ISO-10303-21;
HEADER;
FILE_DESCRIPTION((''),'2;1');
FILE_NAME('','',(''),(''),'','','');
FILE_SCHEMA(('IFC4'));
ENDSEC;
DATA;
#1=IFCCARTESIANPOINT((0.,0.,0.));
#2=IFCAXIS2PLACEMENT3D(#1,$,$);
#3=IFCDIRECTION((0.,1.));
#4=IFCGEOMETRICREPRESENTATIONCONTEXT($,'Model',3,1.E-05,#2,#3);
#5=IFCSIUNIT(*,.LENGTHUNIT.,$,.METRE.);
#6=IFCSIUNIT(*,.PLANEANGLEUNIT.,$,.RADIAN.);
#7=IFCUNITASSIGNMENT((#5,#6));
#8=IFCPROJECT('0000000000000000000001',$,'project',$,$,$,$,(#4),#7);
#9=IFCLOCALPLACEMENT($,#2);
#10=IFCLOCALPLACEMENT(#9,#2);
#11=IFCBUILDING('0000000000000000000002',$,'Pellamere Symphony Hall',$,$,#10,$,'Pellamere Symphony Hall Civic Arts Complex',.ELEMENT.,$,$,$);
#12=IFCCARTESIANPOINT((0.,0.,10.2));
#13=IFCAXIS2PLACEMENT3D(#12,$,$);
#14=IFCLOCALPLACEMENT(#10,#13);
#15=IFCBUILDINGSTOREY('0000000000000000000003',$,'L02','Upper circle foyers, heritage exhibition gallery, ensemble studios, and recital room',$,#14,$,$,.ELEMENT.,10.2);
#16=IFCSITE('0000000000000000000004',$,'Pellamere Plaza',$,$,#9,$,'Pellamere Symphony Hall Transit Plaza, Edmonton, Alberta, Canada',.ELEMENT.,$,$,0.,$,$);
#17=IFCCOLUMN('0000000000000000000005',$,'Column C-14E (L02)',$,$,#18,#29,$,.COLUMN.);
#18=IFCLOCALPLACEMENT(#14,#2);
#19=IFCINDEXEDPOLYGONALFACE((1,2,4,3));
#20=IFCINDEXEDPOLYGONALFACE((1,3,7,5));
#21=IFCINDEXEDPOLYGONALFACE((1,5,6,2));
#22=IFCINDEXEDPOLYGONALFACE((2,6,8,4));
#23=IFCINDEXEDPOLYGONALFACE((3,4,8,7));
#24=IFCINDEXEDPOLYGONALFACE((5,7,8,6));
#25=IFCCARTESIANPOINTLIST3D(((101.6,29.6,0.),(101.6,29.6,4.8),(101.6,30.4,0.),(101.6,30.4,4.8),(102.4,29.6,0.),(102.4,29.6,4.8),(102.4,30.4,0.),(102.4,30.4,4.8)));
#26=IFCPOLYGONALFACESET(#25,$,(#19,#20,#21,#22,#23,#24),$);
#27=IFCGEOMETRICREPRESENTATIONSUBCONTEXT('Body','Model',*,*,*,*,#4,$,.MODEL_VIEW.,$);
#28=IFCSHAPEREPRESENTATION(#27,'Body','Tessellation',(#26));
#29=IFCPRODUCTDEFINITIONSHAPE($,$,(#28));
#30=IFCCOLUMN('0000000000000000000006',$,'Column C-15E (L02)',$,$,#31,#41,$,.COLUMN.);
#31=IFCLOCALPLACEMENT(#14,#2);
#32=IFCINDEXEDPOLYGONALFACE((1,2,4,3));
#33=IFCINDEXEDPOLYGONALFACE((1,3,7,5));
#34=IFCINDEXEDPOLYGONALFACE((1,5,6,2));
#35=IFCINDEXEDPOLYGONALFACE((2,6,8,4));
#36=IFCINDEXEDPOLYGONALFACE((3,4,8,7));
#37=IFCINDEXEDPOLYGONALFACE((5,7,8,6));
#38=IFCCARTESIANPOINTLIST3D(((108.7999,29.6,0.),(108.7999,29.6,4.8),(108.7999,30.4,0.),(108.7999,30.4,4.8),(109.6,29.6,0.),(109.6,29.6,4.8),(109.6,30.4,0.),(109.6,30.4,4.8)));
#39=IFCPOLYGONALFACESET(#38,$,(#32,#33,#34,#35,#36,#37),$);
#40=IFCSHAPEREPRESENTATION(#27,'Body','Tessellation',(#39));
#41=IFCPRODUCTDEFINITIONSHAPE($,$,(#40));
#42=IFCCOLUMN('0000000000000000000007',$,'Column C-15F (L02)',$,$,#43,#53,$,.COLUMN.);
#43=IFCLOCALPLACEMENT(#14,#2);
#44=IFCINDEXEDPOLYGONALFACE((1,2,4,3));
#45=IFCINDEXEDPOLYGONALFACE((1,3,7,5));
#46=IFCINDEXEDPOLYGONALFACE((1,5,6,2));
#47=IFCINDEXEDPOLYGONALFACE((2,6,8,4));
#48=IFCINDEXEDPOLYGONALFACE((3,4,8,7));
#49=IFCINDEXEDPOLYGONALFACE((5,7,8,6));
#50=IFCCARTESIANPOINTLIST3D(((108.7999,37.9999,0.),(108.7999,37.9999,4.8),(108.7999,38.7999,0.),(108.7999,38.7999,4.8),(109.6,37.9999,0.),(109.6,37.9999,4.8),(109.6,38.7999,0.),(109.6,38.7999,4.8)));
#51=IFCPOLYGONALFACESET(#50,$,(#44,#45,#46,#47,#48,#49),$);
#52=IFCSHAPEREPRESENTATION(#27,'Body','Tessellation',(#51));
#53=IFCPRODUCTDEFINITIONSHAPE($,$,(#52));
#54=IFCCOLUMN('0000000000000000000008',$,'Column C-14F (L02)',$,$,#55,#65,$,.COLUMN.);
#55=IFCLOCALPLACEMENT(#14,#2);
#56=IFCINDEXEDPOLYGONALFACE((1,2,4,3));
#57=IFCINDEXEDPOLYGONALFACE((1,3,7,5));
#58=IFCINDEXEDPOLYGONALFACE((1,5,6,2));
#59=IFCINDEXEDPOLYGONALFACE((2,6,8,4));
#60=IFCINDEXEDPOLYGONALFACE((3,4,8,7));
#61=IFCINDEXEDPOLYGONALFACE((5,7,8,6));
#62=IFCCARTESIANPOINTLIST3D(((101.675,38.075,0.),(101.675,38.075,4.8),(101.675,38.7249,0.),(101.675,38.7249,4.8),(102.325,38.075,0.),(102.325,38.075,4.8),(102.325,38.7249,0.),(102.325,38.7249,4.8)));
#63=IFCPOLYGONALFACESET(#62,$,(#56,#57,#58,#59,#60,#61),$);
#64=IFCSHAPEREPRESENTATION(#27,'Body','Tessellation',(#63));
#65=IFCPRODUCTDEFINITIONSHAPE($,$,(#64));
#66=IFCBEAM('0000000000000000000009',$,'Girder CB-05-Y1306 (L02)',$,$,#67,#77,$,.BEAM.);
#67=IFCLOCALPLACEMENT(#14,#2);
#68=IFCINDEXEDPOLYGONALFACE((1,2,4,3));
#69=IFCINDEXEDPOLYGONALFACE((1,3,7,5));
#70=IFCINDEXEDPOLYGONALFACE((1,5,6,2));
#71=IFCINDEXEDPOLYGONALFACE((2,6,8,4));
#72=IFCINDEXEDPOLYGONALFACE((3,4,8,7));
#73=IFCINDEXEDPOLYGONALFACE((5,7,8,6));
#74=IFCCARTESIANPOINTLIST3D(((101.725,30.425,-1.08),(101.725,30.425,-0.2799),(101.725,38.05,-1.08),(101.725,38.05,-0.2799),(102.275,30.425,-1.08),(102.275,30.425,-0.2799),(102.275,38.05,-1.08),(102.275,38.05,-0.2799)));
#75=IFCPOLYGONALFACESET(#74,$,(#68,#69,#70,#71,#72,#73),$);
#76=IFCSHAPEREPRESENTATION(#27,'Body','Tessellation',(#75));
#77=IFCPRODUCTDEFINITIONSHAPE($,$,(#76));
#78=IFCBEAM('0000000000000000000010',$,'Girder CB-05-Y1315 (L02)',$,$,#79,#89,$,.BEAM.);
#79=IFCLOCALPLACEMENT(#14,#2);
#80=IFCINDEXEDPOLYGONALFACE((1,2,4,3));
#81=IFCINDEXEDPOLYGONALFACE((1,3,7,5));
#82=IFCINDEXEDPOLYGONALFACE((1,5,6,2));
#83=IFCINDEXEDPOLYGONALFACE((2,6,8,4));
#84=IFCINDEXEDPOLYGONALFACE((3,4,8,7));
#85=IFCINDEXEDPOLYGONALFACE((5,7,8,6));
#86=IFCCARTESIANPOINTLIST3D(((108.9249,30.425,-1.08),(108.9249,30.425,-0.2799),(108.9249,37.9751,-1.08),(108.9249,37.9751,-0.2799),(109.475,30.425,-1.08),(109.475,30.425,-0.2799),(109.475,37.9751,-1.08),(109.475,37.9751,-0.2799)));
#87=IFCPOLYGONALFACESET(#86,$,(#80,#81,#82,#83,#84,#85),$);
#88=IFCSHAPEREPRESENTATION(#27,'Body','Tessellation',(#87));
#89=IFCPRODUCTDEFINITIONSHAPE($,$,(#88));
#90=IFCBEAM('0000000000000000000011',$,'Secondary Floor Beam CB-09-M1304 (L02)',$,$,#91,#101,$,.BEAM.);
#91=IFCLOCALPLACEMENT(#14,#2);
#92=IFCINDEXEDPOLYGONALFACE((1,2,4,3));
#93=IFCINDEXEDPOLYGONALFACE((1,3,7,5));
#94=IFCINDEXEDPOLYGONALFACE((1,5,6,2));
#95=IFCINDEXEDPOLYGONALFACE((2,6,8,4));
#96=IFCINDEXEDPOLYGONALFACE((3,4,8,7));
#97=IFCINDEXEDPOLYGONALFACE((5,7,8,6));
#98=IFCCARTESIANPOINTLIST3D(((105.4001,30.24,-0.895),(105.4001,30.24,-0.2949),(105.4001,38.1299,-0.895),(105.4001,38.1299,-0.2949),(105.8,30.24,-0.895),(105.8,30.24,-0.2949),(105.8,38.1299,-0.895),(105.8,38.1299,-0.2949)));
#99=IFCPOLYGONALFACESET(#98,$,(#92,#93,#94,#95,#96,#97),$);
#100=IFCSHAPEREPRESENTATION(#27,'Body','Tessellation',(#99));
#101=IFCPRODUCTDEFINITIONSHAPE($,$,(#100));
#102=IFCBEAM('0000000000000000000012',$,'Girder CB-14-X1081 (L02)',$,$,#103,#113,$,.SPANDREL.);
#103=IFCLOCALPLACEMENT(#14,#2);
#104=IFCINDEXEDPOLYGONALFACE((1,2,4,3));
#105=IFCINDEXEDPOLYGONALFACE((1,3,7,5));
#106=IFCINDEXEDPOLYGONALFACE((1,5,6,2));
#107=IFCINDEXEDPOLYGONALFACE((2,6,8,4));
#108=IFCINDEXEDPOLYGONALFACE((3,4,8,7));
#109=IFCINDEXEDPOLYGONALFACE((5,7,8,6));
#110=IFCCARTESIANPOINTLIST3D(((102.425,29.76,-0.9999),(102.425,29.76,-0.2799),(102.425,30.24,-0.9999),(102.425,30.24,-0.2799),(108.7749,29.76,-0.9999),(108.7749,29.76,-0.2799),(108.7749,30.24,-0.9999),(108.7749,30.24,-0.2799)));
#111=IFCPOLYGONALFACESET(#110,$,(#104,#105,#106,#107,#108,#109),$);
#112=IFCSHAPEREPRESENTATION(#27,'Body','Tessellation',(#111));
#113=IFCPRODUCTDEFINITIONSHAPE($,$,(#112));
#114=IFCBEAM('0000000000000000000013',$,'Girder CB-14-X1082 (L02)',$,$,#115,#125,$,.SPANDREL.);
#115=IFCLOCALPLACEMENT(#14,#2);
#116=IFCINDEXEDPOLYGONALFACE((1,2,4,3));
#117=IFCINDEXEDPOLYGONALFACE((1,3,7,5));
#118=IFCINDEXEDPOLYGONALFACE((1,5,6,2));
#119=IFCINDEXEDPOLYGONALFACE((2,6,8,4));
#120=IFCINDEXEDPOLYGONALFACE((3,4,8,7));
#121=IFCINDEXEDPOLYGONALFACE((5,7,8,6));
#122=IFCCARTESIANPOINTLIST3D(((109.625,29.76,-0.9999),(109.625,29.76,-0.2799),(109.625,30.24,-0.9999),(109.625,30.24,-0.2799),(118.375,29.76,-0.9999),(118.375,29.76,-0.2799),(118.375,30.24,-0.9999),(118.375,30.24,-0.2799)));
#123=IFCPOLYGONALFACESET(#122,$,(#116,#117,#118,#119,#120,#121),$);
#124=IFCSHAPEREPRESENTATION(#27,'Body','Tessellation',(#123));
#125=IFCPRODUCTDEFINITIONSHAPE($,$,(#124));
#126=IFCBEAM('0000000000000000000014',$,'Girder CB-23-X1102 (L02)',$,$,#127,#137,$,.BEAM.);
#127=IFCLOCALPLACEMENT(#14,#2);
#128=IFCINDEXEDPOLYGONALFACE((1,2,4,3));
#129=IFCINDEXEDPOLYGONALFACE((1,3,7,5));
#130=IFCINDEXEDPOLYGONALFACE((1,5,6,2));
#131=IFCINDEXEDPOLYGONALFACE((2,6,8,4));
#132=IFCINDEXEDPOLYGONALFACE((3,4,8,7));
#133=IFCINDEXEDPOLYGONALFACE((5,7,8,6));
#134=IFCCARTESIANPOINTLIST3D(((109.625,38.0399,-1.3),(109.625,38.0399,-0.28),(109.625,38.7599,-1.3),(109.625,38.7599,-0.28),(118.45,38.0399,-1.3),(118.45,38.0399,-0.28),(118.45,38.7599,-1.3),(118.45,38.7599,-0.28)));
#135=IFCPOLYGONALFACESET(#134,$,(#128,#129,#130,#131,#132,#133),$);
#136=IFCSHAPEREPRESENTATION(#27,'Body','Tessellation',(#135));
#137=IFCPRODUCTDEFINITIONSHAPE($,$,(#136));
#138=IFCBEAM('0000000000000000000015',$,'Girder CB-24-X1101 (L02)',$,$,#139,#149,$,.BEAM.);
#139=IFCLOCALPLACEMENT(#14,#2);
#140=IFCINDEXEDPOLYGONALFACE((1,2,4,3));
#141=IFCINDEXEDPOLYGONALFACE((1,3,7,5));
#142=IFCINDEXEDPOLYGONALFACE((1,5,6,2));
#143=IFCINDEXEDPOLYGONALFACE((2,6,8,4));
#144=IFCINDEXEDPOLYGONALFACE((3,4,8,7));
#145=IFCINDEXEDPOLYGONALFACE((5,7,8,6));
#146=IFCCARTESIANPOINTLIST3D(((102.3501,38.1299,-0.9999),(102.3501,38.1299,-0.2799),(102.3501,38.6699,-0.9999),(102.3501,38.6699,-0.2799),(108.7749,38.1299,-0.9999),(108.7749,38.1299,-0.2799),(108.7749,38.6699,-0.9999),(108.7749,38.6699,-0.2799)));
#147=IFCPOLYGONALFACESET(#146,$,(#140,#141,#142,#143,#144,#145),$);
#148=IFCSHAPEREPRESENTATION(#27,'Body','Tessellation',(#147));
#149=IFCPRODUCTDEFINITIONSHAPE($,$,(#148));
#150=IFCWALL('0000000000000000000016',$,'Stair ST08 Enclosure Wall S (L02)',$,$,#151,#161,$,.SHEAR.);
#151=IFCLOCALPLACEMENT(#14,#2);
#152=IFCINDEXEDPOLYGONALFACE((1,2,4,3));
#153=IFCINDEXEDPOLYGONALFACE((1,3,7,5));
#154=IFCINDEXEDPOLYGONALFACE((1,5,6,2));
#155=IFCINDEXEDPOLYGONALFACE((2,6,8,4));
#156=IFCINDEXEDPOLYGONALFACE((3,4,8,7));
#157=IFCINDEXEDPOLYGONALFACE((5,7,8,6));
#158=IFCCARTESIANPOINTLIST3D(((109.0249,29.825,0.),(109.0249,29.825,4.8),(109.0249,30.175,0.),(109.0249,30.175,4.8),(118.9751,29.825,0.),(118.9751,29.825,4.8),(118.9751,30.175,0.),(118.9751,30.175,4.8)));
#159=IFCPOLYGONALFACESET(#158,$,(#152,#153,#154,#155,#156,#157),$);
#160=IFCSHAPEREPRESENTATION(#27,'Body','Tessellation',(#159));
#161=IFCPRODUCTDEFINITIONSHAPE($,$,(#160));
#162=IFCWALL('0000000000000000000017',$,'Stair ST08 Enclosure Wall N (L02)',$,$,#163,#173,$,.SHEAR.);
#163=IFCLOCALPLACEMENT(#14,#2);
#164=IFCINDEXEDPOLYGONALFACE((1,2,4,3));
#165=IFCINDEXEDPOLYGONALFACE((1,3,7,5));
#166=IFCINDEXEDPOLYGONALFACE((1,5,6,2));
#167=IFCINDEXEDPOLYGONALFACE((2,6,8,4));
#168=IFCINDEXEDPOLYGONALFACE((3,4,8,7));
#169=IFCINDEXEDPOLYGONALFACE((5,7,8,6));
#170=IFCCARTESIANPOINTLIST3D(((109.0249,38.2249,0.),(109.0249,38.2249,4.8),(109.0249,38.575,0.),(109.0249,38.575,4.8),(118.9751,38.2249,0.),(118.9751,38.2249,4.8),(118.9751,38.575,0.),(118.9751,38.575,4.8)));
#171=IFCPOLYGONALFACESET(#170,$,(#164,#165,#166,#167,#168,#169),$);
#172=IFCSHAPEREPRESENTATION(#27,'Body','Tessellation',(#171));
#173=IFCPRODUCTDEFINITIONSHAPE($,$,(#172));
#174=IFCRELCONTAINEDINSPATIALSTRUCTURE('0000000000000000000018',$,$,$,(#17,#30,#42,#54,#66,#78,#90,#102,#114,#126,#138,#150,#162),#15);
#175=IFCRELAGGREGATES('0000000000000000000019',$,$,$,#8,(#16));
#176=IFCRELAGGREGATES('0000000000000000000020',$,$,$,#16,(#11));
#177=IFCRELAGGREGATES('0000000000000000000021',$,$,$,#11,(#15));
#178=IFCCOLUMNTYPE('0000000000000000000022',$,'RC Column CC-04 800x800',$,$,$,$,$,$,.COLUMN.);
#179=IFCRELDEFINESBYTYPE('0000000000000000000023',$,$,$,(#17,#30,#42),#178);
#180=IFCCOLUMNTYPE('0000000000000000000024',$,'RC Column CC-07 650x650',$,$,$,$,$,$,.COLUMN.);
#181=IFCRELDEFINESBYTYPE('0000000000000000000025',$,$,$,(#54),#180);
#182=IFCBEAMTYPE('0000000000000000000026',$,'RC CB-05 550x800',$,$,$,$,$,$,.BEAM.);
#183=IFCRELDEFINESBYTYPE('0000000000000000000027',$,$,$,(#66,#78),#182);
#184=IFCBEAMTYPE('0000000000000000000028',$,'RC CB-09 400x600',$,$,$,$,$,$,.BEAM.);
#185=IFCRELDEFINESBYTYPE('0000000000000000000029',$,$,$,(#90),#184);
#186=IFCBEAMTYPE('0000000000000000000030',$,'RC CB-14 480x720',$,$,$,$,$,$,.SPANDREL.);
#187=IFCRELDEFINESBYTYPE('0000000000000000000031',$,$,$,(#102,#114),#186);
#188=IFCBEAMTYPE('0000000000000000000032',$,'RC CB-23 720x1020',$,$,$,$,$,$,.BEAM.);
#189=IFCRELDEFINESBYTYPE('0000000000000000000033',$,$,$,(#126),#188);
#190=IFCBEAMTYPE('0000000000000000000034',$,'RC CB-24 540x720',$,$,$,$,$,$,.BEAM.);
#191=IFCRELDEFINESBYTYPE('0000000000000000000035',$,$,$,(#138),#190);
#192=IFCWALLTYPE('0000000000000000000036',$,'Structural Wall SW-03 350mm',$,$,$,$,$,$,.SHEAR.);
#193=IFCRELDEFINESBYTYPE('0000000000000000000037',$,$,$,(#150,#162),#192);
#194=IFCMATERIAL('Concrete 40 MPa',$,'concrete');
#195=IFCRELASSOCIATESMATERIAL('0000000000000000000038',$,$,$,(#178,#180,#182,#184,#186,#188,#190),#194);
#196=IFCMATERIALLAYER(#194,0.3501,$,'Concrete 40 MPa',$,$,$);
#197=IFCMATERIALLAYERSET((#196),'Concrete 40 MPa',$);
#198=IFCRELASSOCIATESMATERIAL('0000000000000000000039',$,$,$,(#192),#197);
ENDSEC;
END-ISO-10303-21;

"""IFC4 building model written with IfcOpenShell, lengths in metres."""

from ifc_helpers import new_model, si_unit, direction, frame, frame_2d, origin, origin_2d, place, context, subcontext, project, spatial, rectangle, extrude, material, layer, layer_set, material_profile, profile_set, type_object, element, save


model = new_model("IFC4")

# Units and contexts
model_context = context("Model", 3, precision=1e-05, world=origin(), true_north=direction((0.0, 1.0)))
body_context = subcontext(model_context, "Body", "Model", "MODEL_VIEW")
ifc_project = project(units=[si_unit("LENGTHUNIT", "METRE"), si_unit("PLANEANGLEUNIT", "RADIAN")], contexts=[model_context])

# Site, building, storey
site_placement = place(None, origin())
site = spatial("IfcSite", under=ifc_project, at=site_placement, Name="Pellamere Plaza", LongName="Pellamere Symphony Hall Transit Plaza, Edmonton, Alberta, Canada", CompositionType="ELEMENT", RefElevation=0.0)
building_placement = place(site_placement, origin())
building = spatial("IfcBuilding", under=site, at=building_placement, Name="Pellamere Symphony Hall", LongName="Pellamere Symphony Hall Civic Arts Complex", CompositionType="ELEMENT")
storey_placement = place(building_placement, frame((0.0, 0.0, 10.2)))
storey = spatial("IfcBuildingStorey", under=building, at=storey_placement, Name="L02", Description="Upper circle foyers, heritage exhibition gallery, ensemble studios, and recital room", CompositionType="ELEMENT", Elevation=10.2)

# Columns
ifc_material_1 = material(Name="Concrete 40 MPa", Category="concrete")
ifc_material_profile_1 = material_profile(ifc_material_1, rectangle(XDim=0.8, YDim=0.8, at=origin_2d()), Name="RC 800x800")
ifc_profile_set_1 = profile_set([ifc_material_profile_1], Name="Concrete 40 MPa")
column_type_1 = type_object("IfcColumnType", Name="RC Column CC-04 800x800", PredefinedType="COLUMN", material=ifc_profile_set_1)
for number, where, z_axis, x_axis, name in (
    (1, (102.0, 30.0, 0.0), (0.0, 0.0, 1.0), (1.0, 0.0, 0.0), "Column C-14E (L02)"),
    (2, (109.2, 30.0, 0.0), (0.0, 0.0, 1.0), (1.0, 0.0, 0.0), "Column C-15E (L02)"),
    (3, (109.2, 38.3999, 0.0), (0.0, 0.0, 1.0), (1.0, 0.0, 0.0), "Column C-15F (L02)"),
):
    element("IfcColumn", number, at=place(storey_placement, frame(where, z_axis=z_axis, x_axis=x_axis)), inside=storey, type_object=column_type_1, Name=name, PredefinedType="COLUMN", context=body_context, shape_type="SweptSolid", body=[
        extrude(rectangle(XDim=0.8, YDim=0.8, at=origin_2d()), origin(), (0.0, 0.0, 1.0), 4.8),
    ])
ifc_material_profile_2 = material_profile(ifc_material_1, rectangle(XDim=0.6499, YDim=0.6499, at=origin_2d()), Name="RC 650x650")
ifc_profile_set_2 = profile_set([ifc_material_profile_2], Name="Concrete 40 MPa")
column_type_2 = type_object("IfcColumnType", Name="RC Column CC-07 650x650", PredefinedType="COLUMN", material=ifc_profile_set_2)
column_placement = place(storey_placement, frame((102.0, 38.3999, 0.0), z_axis=(0.0, 0.0, 1.0), x_axis=(1.0, 0.0, 0.0)))
element("IfcColumn", 4, at=column_placement, inside=storey, type_object=column_type_2, Name="Column C-14F (L02)", PredefinedType="COLUMN", context=body_context, shape_type="SweptSolid", body=[
    extrude(rectangle(XDim=0.6499, YDim=0.6499, at=origin_2d()), origin(), (0.0, 0.0, 1.0), 4.8),
])

# Beams
ifc_material_profile_3 = material_profile(ifc_material_1, rectangle(XDim=0.55, YDim=0.8, at=origin_2d()), Name="RC 550x800")
ifc_profile_set_3 = profile_set([ifc_material_profile_3], Name="Concrete 40 MPa")
beam_type_1 = type_object("IfcBeamType", Name="RC CB-05 550x800", PredefinedType="BEAM", material=ifc_profile_set_3)
beam_1_placement = place(storey_placement, frame((102.0, 30.425, -0.6799), z_axis=(0.0, 1.0, 0.0), x_axis=(-1.0, 0.0, 0.0)))
element("IfcBeam", 5, at=beam_1_placement, inside=storey, type_object=beam_type_1, Name="Girder CB-05-Y1306 (L02)", PredefinedType="BEAM", context=body_context, shape_type="SweptSolid", body=[
    extrude(rectangle(XDim=0.55, YDim=0.8, at=origin_2d()), origin(), (0.0, 0.0, 1.0), 7.625),
])
beam_2_placement = place(storey_placement, frame((109.2, 30.425, -0.6799), z_axis=(0.0, 1.0, 0.0), x_axis=(-1.0, 0.0, 0.0)))
element("IfcBeam", 6, at=beam_2_placement, inside=storey, type_object=beam_type_1, Name="Girder CB-05-Y1315 (L02)", PredefinedType="BEAM", context=body_context, shape_type="SweptSolid", body=[
    extrude(rectangle(XDim=0.55, YDim=0.8, at=origin_2d()), origin(), (0.0, 0.0, 1.0), 7.55),
])
ifc_material_profile_4 = material_profile(ifc_material_1, rectangle(XDim=0.3999, YDim=0.6001, at=origin_2d()), Name="RC 400x600")
ifc_profile_set_4 = profile_set([ifc_material_profile_4], Name="Concrete 40 MPa")
beam_type_2 = type_object("IfcBeamType", Name="RC CB-09 400x600", PredefinedType="BEAM", material=ifc_profile_set_4)
beam_3_placement = place(storey_placement, frame((105.6001, 30.24, -0.595), z_axis=(0.0, 1.0, 0.0), x_axis=(-1.0, 0.0, 0.0)))
element("IfcBeam", 7, at=beam_3_placement, inside=storey, type_object=beam_type_2, Name="Secondary Floor Beam CB-09-M1304 (L02)", PredefinedType="BEAM", context=body_context, shape_type="SweptSolid", body=[
    extrude(rectangle(XDim=0.3999, YDim=0.6001, at=origin_2d()), origin(), (0.0, 0.0, 1.0), 7.8899),
])
ifc_material_profile_5 = material_profile(ifc_material_1, rectangle(XDim=0.48, YDim=0.72, at=origin_2d()), Name="RC 480x720")
ifc_profile_set_5 = profile_set([ifc_material_profile_5], Name="Concrete 40 MPa")
beam_type_3 = type_object("IfcBeamType", Name="RC CB-14 480x720", PredefinedType="SPANDREL", material=ifc_profile_set_5)
beam_4_placement = place(storey_placement, frame((102.425, 30.0, -0.6399), z_axis=(1.0, 0.0, 0.0), x_axis=(0.0, 1.0, 0.0)))
element("IfcBeam", 8, at=beam_4_placement, inside=storey, type_object=beam_type_3, Name="Girder CB-14-X1081 (L02)", PredefinedType="SPANDREL", context=body_context, shape_type="SweptSolid", body=[
    extrude(rectangle(XDim=0.48, YDim=0.72, at=origin_2d()), origin(), (0.0, 0.0, 1.0), 6.3499),
])
beam_5_placement = place(storey_placement, frame((109.625, 30.0, -0.6399), z_axis=(1.0, 0.0, 0.0), x_axis=(0.0, 1.0, 0.0)))
element("IfcBeam", 9, at=beam_5_placement, inside=storey, type_object=beam_type_3, Name="Girder CB-14-X1082 (L02)", PredefinedType="SPANDREL", context=body_context, shape_type="SweptSolid", body=[
    extrude(rectangle(XDim=0.48, YDim=0.72, at=origin_2d()), origin(), (0.0, 0.0, 1.0), 8.75),
])
ifc_material_profile_6 = material_profile(ifc_material_1, rectangle(XDim=0.72, YDim=1.02, at=origin_2d()), Name="RC 720x1020")
ifc_profile_set_6 = profile_set([ifc_material_profile_6], Name="Concrete 40 MPa")
beam_type_4 = type_object("IfcBeamType", Name="RC CB-23 720x1020", PredefinedType="BEAM", material=ifc_profile_set_6)
beam_6_placement = place(storey_placement, frame((109.625, 38.3999, -0.79), z_axis=(1.0, 0.0, 0.0), x_axis=(0.0, 1.0, 0.0)))
element("IfcBeam", 10, at=beam_6_placement, inside=storey, type_object=beam_type_4, Name="Girder CB-23-X1102 (L02)", PredefinedType="BEAM", context=body_context, shape_type="SweptSolid", body=[
    extrude(rectangle(XDim=0.72, YDim=1.02, at=origin_2d()), origin(), (0.0, 0.0, 1.0), 8.825),
])
ifc_material_profile_7 = material_profile(ifc_material_1, rectangle(XDim=0.54, YDim=0.72, at=origin_2d()), Name="RC 540x720")
ifc_profile_set_7 = profile_set([ifc_material_profile_7], Name="Concrete 40 MPa")
beam_type_5 = type_object("IfcBeamType", Name="RC CB-24 540x720", PredefinedType="BEAM", material=ifc_profile_set_7)
beam_7_placement = place(storey_placement, frame((102.3501, 38.3999, -0.6399), z_axis=(1.0, 0.0, 0.0), x_axis=(0.0, 1.0, 0.0)))
element("IfcBeam", 11, at=beam_7_placement, inside=storey, type_object=beam_type_5, Name="Girder CB-24-X1101 (L02)", PredefinedType="BEAM", context=body_context, shape_type="SweptSolid", body=[
    extrude(rectangle(XDim=0.54, YDim=0.72, at=origin_2d()), origin(), (0.0, 0.0, 1.0), 6.4248),
])

# Walls
ifc_layer = layer(ifc_material_1, 0.3501, Name="Concrete 40 MPa")
ifc_layer_set = layer_set([ifc_layer], Name="Concrete 40 MPa")
wall_type = type_object("IfcWallType", Name="Structural Wall SW-03 350mm", PredefinedType="SHEAR", material=ifc_layer_set)
for number, where, z_axis, x_axis, name in (
    (12, (109.0249, 30.0, 0.0), (0.0, 0.0, 1.0), (1.0, 0.0, 0.0), "Stair ST08 Enclosure Wall S (L02)"),
    (13, (109.0249, 38.3999, 0.0), (0.0, 0.0, 1.0), (1.0, 0.0, 0.0), "Stair ST08 Enclosure Wall N (L02)"),
):
    element("IfcWall", number, at=place(storey_placement, frame(where, z_axis=z_axis, x_axis=x_axis)), inside=storey, type_object=wall_type, Name=name, PredefinedType="SHEAR", context=body_context, shape_type="SweptSolid", body=[
        extrude(rectangle(XDim=9.9502, YDim=0.3501, at=frame_2d((4.9751, 0.0))), origin(), (0.0, 0.0, 1.0), 4.8),
    ])

save(model, "model.ifc")
